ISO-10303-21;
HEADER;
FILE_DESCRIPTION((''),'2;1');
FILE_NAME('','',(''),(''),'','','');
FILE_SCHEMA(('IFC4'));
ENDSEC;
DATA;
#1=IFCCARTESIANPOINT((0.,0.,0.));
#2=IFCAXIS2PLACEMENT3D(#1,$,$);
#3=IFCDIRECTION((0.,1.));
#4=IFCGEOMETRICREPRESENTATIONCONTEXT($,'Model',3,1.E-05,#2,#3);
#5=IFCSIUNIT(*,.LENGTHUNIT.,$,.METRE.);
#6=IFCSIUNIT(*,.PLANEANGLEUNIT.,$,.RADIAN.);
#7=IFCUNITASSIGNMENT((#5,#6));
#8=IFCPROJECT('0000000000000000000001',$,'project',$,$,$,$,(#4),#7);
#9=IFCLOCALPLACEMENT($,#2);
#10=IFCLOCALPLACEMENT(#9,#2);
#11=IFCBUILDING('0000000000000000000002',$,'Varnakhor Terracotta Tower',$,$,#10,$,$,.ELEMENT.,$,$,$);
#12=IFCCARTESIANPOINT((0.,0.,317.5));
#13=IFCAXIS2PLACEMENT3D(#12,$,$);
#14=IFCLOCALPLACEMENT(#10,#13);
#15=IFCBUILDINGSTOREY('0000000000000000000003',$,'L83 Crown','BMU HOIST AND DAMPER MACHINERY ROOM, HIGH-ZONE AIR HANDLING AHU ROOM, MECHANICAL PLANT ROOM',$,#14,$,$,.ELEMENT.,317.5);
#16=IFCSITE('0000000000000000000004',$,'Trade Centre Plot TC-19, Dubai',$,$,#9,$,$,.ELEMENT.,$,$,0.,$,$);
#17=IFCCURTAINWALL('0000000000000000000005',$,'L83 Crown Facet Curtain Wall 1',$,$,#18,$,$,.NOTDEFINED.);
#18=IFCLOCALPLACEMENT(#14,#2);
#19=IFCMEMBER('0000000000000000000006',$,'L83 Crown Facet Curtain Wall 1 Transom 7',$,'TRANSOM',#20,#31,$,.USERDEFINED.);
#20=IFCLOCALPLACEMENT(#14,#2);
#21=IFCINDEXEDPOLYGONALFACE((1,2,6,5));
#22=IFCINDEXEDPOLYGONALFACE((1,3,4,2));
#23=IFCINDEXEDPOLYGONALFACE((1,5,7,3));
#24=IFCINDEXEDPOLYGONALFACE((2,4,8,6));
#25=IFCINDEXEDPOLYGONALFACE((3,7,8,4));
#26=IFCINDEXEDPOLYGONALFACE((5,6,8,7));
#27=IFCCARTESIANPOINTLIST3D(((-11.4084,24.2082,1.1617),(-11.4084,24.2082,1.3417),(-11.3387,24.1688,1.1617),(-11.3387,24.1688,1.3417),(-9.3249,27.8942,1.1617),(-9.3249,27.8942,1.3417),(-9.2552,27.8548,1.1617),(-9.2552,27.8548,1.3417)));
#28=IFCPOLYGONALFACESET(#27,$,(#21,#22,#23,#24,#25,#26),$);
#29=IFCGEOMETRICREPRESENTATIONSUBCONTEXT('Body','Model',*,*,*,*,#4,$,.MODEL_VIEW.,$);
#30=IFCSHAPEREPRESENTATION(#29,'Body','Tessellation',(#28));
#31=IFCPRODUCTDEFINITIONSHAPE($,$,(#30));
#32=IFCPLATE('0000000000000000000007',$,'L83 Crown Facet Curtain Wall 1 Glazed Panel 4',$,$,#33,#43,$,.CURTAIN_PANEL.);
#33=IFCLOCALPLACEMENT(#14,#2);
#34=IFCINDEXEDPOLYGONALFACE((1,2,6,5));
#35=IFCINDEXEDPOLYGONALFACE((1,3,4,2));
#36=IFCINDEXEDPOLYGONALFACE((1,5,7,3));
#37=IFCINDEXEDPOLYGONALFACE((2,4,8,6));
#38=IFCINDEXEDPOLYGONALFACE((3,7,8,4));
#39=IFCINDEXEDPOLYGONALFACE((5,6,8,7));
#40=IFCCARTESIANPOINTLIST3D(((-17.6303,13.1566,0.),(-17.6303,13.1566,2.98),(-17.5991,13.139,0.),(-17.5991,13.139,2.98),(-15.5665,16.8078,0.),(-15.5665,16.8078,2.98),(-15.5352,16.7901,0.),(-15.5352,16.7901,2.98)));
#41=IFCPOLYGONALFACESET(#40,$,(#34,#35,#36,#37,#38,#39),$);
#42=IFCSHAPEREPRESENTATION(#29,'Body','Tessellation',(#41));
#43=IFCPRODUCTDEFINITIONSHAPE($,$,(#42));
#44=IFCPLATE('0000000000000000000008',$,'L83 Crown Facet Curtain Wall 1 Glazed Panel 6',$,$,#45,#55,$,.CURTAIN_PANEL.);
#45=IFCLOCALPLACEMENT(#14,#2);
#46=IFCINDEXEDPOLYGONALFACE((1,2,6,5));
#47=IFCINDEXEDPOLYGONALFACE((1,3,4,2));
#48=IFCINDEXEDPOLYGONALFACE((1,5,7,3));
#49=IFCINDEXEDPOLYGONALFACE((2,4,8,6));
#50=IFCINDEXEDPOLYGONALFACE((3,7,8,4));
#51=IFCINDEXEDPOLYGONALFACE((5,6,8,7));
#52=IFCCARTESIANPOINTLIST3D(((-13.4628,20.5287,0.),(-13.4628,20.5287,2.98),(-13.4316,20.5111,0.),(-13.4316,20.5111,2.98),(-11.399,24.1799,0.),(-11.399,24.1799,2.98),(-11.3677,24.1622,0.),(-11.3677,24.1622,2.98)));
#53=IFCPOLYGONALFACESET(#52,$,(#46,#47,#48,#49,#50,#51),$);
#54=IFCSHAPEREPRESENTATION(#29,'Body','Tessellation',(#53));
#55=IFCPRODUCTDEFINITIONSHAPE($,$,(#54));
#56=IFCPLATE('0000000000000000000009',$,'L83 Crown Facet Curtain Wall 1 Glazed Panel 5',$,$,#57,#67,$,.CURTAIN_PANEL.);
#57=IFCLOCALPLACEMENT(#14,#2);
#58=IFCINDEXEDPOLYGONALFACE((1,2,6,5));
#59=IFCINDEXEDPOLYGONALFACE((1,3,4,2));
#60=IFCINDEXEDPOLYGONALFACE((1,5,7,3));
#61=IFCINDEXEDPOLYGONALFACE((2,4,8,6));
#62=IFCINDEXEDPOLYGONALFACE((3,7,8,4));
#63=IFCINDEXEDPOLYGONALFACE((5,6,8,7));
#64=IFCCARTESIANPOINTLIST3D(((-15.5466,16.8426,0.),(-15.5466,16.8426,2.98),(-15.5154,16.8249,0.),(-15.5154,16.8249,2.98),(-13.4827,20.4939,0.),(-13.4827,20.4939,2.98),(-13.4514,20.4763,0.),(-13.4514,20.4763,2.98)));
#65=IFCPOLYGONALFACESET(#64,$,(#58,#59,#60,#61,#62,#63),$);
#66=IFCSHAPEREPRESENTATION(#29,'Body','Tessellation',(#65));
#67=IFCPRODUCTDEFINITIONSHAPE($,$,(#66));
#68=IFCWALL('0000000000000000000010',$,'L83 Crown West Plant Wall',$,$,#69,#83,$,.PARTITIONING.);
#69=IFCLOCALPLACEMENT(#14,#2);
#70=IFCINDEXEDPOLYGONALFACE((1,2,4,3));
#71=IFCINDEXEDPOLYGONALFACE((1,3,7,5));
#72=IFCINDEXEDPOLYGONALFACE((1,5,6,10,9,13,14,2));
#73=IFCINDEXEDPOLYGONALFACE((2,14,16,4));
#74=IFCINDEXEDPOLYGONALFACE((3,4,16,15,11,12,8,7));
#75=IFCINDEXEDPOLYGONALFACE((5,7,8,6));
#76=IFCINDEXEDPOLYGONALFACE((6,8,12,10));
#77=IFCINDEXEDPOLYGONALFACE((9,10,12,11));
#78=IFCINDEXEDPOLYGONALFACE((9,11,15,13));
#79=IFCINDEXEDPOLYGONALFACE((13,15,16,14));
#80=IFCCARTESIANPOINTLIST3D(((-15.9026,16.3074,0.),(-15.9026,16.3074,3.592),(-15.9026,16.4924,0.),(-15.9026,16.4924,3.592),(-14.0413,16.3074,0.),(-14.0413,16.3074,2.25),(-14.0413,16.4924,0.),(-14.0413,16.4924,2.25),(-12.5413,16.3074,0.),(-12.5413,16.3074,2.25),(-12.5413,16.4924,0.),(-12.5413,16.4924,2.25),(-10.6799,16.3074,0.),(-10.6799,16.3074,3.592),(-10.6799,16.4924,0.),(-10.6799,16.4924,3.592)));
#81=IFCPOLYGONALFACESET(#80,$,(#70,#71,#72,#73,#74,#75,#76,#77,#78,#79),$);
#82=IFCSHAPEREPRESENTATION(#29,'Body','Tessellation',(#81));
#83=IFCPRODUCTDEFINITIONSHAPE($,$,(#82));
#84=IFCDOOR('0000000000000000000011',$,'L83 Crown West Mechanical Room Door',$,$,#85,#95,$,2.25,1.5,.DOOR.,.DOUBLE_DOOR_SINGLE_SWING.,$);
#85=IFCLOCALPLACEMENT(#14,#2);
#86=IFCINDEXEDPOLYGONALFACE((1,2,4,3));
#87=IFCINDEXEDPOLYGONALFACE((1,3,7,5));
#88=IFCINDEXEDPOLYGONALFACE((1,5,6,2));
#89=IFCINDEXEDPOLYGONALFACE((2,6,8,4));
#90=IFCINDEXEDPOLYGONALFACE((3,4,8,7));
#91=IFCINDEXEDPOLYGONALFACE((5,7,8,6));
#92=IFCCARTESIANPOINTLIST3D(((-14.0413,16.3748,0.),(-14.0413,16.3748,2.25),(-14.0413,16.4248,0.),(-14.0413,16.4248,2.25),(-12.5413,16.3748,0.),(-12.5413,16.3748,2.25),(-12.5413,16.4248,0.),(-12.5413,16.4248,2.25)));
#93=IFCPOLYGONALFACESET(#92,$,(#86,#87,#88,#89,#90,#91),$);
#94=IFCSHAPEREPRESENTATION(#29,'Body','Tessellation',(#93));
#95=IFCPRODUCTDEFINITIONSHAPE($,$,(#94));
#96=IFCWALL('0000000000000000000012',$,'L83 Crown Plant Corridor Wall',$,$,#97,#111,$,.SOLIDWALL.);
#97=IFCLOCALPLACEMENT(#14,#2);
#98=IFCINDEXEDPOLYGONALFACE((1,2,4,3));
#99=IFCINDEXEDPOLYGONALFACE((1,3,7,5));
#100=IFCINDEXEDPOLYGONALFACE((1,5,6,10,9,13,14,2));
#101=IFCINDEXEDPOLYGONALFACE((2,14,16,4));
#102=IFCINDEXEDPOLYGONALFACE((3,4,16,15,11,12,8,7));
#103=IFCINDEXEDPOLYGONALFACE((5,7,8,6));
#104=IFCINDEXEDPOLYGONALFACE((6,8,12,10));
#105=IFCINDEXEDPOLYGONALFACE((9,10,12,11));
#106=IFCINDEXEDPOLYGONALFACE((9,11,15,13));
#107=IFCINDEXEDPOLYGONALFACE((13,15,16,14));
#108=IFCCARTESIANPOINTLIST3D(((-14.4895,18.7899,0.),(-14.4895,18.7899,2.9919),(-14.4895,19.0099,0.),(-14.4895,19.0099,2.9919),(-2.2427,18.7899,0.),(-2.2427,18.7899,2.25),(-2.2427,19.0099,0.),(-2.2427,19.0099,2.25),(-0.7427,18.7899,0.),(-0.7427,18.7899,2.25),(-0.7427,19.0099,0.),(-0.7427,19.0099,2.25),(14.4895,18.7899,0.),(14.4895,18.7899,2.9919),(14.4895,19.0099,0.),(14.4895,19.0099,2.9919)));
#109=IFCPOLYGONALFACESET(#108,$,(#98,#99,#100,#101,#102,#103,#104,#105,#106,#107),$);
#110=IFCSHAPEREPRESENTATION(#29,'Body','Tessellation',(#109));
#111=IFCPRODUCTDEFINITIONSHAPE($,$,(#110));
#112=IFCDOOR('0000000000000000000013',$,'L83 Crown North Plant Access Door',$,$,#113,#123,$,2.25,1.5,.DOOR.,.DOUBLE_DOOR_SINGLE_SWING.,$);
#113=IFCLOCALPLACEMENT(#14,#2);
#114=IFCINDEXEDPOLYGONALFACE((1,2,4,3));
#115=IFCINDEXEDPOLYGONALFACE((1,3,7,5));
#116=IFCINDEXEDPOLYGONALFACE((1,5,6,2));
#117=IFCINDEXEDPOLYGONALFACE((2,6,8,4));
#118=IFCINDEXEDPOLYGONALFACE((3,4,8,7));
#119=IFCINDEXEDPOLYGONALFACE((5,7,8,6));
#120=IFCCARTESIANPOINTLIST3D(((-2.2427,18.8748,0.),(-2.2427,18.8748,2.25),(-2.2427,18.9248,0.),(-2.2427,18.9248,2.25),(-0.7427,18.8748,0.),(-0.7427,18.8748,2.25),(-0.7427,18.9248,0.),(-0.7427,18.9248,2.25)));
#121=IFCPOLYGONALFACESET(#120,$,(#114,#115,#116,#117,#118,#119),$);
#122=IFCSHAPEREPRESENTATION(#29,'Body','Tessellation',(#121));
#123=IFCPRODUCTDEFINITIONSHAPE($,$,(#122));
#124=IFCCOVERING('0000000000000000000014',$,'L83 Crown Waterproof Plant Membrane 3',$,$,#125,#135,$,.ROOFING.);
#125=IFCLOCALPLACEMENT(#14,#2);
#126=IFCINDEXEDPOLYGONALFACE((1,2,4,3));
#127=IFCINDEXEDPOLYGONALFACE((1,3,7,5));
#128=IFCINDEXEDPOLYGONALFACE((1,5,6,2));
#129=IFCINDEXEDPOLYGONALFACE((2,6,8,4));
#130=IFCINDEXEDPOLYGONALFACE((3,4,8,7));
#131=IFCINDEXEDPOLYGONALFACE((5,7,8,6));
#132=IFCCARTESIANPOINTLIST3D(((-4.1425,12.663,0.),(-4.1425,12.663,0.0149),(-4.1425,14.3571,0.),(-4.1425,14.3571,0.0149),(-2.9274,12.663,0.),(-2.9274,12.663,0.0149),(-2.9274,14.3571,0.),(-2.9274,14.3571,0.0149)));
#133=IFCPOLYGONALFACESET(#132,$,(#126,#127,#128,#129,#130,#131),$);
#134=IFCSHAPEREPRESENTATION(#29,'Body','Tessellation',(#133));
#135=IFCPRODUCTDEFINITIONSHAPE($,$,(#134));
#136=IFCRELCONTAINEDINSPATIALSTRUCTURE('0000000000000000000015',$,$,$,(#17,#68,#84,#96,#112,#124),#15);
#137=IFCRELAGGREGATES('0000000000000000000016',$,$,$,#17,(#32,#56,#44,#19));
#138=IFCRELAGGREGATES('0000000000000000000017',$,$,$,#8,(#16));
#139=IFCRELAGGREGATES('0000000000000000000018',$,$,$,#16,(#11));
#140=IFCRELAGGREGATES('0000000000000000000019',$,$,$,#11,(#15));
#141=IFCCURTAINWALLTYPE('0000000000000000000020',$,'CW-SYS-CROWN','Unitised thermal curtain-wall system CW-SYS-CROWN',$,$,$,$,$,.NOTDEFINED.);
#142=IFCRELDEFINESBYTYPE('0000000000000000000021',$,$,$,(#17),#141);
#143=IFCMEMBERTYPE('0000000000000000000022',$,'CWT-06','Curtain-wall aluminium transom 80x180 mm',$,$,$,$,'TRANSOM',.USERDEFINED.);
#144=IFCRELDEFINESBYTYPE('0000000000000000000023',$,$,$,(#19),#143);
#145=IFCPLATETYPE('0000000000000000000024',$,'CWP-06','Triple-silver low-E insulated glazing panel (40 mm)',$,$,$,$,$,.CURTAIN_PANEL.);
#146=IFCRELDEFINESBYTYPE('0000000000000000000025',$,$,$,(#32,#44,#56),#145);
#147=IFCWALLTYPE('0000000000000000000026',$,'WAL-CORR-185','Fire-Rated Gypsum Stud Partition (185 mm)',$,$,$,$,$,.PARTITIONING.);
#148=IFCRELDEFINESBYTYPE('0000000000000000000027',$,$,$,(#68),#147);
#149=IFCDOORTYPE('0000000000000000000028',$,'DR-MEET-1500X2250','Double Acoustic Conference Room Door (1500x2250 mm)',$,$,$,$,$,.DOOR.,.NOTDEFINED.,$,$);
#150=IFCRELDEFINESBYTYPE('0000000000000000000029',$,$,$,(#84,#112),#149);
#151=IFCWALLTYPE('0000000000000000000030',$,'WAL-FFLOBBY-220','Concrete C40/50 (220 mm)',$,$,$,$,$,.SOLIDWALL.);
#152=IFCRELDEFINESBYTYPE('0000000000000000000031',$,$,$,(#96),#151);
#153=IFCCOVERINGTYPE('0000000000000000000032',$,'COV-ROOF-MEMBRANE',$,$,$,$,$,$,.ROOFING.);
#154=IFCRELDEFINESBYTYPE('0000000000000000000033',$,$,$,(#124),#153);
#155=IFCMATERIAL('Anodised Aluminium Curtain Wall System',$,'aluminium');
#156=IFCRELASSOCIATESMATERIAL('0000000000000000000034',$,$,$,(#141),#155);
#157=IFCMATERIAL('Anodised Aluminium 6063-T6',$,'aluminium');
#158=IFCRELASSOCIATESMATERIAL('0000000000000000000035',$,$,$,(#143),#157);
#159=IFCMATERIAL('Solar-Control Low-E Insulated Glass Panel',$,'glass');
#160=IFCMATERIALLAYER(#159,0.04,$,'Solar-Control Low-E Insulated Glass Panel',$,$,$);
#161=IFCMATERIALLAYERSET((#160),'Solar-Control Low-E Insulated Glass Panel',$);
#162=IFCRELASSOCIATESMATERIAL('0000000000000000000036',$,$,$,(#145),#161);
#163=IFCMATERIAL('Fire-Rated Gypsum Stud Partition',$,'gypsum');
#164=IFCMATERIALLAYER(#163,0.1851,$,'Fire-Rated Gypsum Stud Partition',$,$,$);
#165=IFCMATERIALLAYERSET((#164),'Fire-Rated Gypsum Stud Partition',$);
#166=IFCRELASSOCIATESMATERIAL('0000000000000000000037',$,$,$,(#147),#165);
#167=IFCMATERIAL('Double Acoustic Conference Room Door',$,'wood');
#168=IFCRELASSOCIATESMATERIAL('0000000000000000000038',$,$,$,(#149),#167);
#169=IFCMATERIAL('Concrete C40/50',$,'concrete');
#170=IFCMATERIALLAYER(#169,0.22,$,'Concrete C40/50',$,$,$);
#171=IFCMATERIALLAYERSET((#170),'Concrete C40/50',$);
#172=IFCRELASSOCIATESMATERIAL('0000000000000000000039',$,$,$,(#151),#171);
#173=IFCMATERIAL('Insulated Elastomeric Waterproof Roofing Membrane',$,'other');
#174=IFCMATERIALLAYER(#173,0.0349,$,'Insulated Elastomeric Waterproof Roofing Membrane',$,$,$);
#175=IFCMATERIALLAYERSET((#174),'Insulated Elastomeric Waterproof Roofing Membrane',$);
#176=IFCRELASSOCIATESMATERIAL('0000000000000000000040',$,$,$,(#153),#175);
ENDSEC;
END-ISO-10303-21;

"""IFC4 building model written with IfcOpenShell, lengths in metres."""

from ifc_helpers import new_model, si_unit, direction, frame, frame_2d, origin, origin_2d, place, context, subcontext, project, spatial, rectangle, extrude, source, transform, mapped, material, layer, layer_set, material_profile, profile_set, type_object, type_shapes, element, fill, aggregate, save


model = new_model("IFC4")

# Units and contexts
model_context = context("Model", 3, precision=1e-05, world=origin(), true_north=direction((0.0, 1.0)))
body_context = subcontext(model_context, "Body", "Model", "MODEL_VIEW")
ifc_project = project(units=[si_unit("LENGTHUNIT", "METRE"), si_unit("PLANEANGLEUNIT", "RADIAN")], contexts=[model_context])

# Site, building, storey
site_placement = place(None, origin())
site = spatial("IfcSite", under=ifc_project, at=site_placement, Name="Trade Centre Plot TC-19, Dubai", CompositionType="ELEMENT", RefElevation=0.0)
building_placement = place(site_placement, origin())
building = spatial("IfcBuilding", under=site, at=building_placement, Name="Varnakhor Terracotta Tower", CompositionType="ELEMENT")
storey_placement = place(building_placement, frame((0.0, 0.0, 317.5)))
storey = spatial("IfcBuildingStorey", under=building, at=storey_placement, Name="L83 Crown", Description="BMU HOIST AND DAMPER MACHINERY ROOM, HIGH-ZONE AIR HANDLING AHU ROOM, MECHANICAL PLANT ROOM", CompositionType="ELEMENT", Elevation=317.5)

# Curtain wall, member, plates
ifc_material_1 = material(Name="Anodised Aluminium Curtain Wall System", Category="aluminium")
curtain_wall_type = type_object("IfcCurtainWallType", Name="CW-SYS-CROWN", Description="Unitised thermal curtain-wall system CW-SYS-CROWN", PredefinedType="NOTDEFINED", material=ifc_material_1)
curtain_wall_placement = place(storey_placement, origin())
curtain_wall = element("IfcCurtainWall", 1, at=curtain_wall_placement, inside=storey, type_object=curtain_wall_type, Name="L83 Crown Facet Curtain Wall 1", PredefinedType="NOTDEFINED")
ifc_material_2 = material(Name="Anodised Aluminium 6063-T6", Category="aluminium")
ifc_material_profile_1 = material_profile(ifc_material_2, rectangle(XDim=0.0801, YDim=0.1799, at=origin_2d()), Name="ALU TRANSOM 80x180")
ifc_profile_set_1 = profile_set([ifc_material_profile_1], Name="Anodised Aluminium 6063-T6")
member_type_1 = type_object("IfcMemberType", Name="CWT-06", Description="Curtain-wall aluminium transom 80x180 mm", ElementType="TRANSOM", PredefinedType="USERDEFINED", material=ifc_profile_set_1)
shared_shape_1 = source(origin(), body_context, "Body", "SweptSolid", [
    extrude(rectangle(XDim=0.0801, YDim=0.1799, at=origin_2d()), origin(), (0.0, 0.0, 1.0), 4.2341),
])
member_1_placement = place(storey_placement, frame((-11.3735, 24.1885, 1.2517), z_axis=(0.492072, 0.870554, 0.0), x_axis=(-0.870554, 0.492072, 0.0)))
member_1 = element("IfcMember", 2, at=member_1_placement, type_object=member_type_1, Name="L83 Crown Facet Curtain Wall 1 Transom 7", ObjectType="TRANSOM", PredefinedType="USERDEFINED", context=body_context, shape_type="MappedRepresentation", body=[
    mapped(shared_shape_1, transform((0.0, 0.0, 0.0), scale=1.0)),
])
ifc_material_3 = material(Name="Solar-Control Low-E Insulated Glass Panel", Category="glass")
ifc_layer_1 = layer(ifc_material_3, 0.04, Name="Solar-Control Low-E Insulated Glass Panel")
ifc_layer_set_1 = layer_set([ifc_layer_1], Name="Solar-Control Low-E Insulated Glass Panel")
plate_type = type_object("IfcPlateType", Name="CWP-06", Description="Triple-silver low-E insulated glazing panel (40 mm)", PredefinedType="CURTAIN_PANEL", material=ifc_layer_set_1)
shared_shape_2 = source(origin(), body_context, "Body", "SweptSolid", [
    extrude(rectangle(XDim=4.1941, YDim=0.0359, at=origin_2d()), origin(), (0.0, 0.0, 1.0), 2.98),
])
plate_1_placement = place(storey_placement, frame((-16.5828, 14.9734, 0.0), z_axis=(0.0, 0.0, 1.0), x_axis=(0.492089, 0.870545, 0.0)))
plate_1 = element("IfcPlate", 3, at=plate_1_placement, type_object=plate_type, Name="L83 Crown Facet Curtain Wall 1 Glazed Panel 4", PredefinedType="CURTAIN_PANEL", context=body_context, shape_type="MappedRepresentation", body=[
    mapped(shared_shape_2, transform((0.0, 0.0, 0.0), scale=1.0)),
])
plate_2_placement = place(storey_placement, frame((-12.4153, 22.3455, 0.0), z_axis=(0.0, 0.0, 1.0), x_axis=(0.492089, 0.870545, 0.0)))
plate_2 = element("IfcPlate", 4, at=plate_2_placement, type_object=plate_type, Name="L83 Crown Facet Curtain Wall 1 Glazed Panel 6", PredefinedType="CURTAIN_PANEL", context=body_context, shape_type="MappedRepresentation", body=[
    mapped(shared_shape_2, transform((0.0, 0.0, 0.0), scale=1.0)),
])
shared_shape_3 = source(origin(), body_context, "Body", "SweptSolid", [
    extrude(rectangle(XDim=4.1943, YDim=0.0359, at=origin_2d()), origin(), (0.0, 0.0, 1.0), 2.98),
])
plate_3_placement = place(storey_placement, frame((-14.499, 18.6594, 0.0), z_axis=(0.0, 0.0, 1.0), x_axis=(0.492089, 0.870545, 0.0)))
plate_3 = element("IfcPlate", 5, at=plate_3_placement, type_object=plate_type, Name="L83 Crown Facet Curtain Wall 1 Glazed Panel 5", PredefinedType="CURTAIN_PANEL", context=body_context, shape_type="MappedRepresentation", body=[
    mapped(shared_shape_3, transform((0.0, 0.0, 0.0), scale=1.0)),
])
aggregate(curtain_wall, [plate_1, plate_3, plate_2, member_1])

# Walls, openings, doors
ifc_material_4 = material(Name="Fire-Rated Gypsum Stud Partition", Category="gypsum")
ifc_layer_2 = layer(ifc_material_4, 0.1851, Name="Fire-Rated Gypsum Stud Partition")
ifc_layer_set_2 = layer_set([ifc_layer_2], Name="Fire-Rated Gypsum Stud Partition")
wall_type_1 = type_object("IfcWallType", Name="WAL-CORR-185", Description="Fire-Rated Gypsum Stud Partition (185 mm)", PredefinedType="PARTITIONING", material=ifc_layer_set_2)
wall_1_placement = place(storey_placement, frame((-15.9026, 16.3999, 0.0), z_axis=(0.0, 0.0, 1.0), x_axis=(1.0, 0.0, 0.0)))
wall_1 = element("IfcWall", 6, at=wall_1_placement, inside=storey, type_object=wall_type_1, Name="L83 Crown West Plant Wall", PredefinedType="PARTITIONING", context=body_context, shape_type="SweptSolid", body=[
    extrude(rectangle(XDim=5.2227, YDim=0.1851, at=frame_2d((2.6113, 0.0))), origin(), (0.0, 0.0, 1.0), 3.592),
])
opening_1_placement = place(wall_1_placement, frame((1.8613, 0.0, 0.0)))
opening_1 = element("IfcOpeningElement", 7, at=opening_1_placement, cuts=wall_1, PredefinedType="OPENING", context=body_context, shape_type="SweptSolid", body=[
    extrude(rectangle(XDim=1.5, YDim=2.25, at=frame_2d((0.75, 1.125))), frame((0.0, 0.1025, 0.0), z_axis=(0.0, -1.0, 0.0), x_axis=(1.0, 0.0, 0.0)), (0.0, 0.0, 1.0), 0.2051),
])
ifc_material_5 = material(Name="Double Acoustic Conference Room Door", Category="wood")
door_type_1 = type_object("IfcDoorType", Name="DR-MEET-1500X2250", Description="Double Acoustic Conference Room Door (1500x2250 mm)", OperationType="NOTDEFINED", PredefinedType="DOOR", material=ifc_material_5)
shared_shape_4 = source(origin(), body_context, "Body", "SweptSolid", [
    extrude(rectangle(XDim=1.5, YDim=2.25, at=frame_2d((0.75, 1.125))), frame((0.0, 0.0249, 0.0), z_axis=(0.0, -1.0, 0.0), x_axis=(1.0, 0.0, 0.0)), (0.0, 0.0, 1.0), 0.05),
])
type_shapes(door_type_1, [shared_shape_4])
door_1_placement = place(opening_1_placement, origin())
door_1 = element("IfcDoor", 8, at=door_1_placement, inside=storey, type_object=door_type_1, Name="L83 Crown West Mechanical Room Door", OperationType="DOUBLE_DOOR_SINGLE_SWING", OverallHeight=2.25, OverallWidth=1.5, PredefinedType="DOOR", context=body_context, shape_type="MappedRepresentation", body=[
    mapped(shared_shape_4, transform((0.0, 0.0, 0.0), scale=1.0)),
])
fill(opening_1, door_1)
ifc_material_6 = material(Name="Concrete C40/50", Category="concrete")
ifc_layer_3 = layer(ifc_material_6, 0.22, Name="Concrete C40/50")
ifc_layer_set_3 = layer_set([ifc_layer_3], Name="Concrete C40/50")
wall_type_2 = type_object("IfcWallType", Name="WAL-FFLOBBY-220", Description="Concrete C40/50 (220 mm)", PredefinedType="SOLIDWALL", material=ifc_layer_set_3)
wall_2_placement = place(storey_placement, frame((-14.4895, 18.8999, 0.0), z_axis=(0.0, 0.0, 1.0), x_axis=(1.0, 0.0, 0.0)))
wall_2 = element("IfcWall", 9, at=wall_2_placement, inside=storey, type_object=wall_type_2, Name="L83 Crown Plant Corridor Wall", PredefinedType="SOLIDWALL", context=body_context, shape_type="SweptSolid", body=[
    extrude(rectangle(XDim=28.979, YDim=0.22, at=frame_2d((14.4895, 0.0))), origin(), (0.0, 0.0, 1.0), 2.9919),
])
opening_2_placement = place(wall_2_placement, frame((12.2468, 0.0, 0.0)))
opening_2 = element("IfcOpeningElement", 10, at=opening_2_placement, cuts=wall_2, PredefinedType="OPENING", context=body_context, shape_type="SweptSolid", body=[
    extrude(rectangle(XDim=1.5, YDim=2.25, at=frame_2d((0.75, 1.125))), frame((0.0, 0.1201, 0.0), z_axis=(0.0, -1.0, 0.0), x_axis=(1.0, 0.0, 0.0)), (0.0, 0.0, 1.0), 0.24),
])
door_2_placement = place(opening_2_placement, origin())
door_2 = element("IfcDoor", 11, at=door_2_placement, inside=storey, type_object=door_type_1, Name="L83 Crown North Plant Access Door", OperationType="DOUBLE_DOOR_SINGLE_SWING", OverallHeight=2.25, OverallWidth=1.5, PredefinedType="DOOR", context=body_context, shape_type="MappedRepresentation", body=[
    mapped(shared_shape_4, transform((0.0, 0.0, 0.0), scale=1.0)),
])
fill(opening_2, door_2)

# Covering
ifc_material_7 = material(Name="Insulated Elastomeric Waterproof Roofing Membrane", Category="other")
ifc_layer_4 = layer(ifc_material_7, 0.0349, Name="Insulated Elastomeric Waterproof Roofing Membrane")
ifc_layer_set_4 = layer_set([ifc_layer_4], Name="Insulated Elastomeric Waterproof Roofing Membrane")
covering_type = type_object("IfcCoveringType", Name="COV-ROOF-MEMBRANE", PredefinedType="ROOFING", material=ifc_layer_set_4)
shared_shape_5 = source(origin(), body_context, "Body", "SweptSolid", [
    extrude(rectangle(XDim=1.2151, YDim=1.6941, at=origin_2d()), origin(), (0.0, 0.0, 1.0), 0.0149),
])
covering_placement = place(storey_placement, frame((-3.5349, 13.51, 0.0), z_axis=(0.0, 0.0, 1.0), x_axis=(1.0, 0.0, 0.0)))
element("IfcCovering", 12, at=covering_placement, inside=storey, type_object=covering_type, Name="L83 Crown Waterproof Plant Membrane 3", PredefinedType="ROOFING", context=body_context, shape_type="MappedRepresentation", body=[
    mapped(shared_shape_5, transform((0.0, 0.0, 0.0), scale=1.0)),
])

save(model, "model.ifc")
